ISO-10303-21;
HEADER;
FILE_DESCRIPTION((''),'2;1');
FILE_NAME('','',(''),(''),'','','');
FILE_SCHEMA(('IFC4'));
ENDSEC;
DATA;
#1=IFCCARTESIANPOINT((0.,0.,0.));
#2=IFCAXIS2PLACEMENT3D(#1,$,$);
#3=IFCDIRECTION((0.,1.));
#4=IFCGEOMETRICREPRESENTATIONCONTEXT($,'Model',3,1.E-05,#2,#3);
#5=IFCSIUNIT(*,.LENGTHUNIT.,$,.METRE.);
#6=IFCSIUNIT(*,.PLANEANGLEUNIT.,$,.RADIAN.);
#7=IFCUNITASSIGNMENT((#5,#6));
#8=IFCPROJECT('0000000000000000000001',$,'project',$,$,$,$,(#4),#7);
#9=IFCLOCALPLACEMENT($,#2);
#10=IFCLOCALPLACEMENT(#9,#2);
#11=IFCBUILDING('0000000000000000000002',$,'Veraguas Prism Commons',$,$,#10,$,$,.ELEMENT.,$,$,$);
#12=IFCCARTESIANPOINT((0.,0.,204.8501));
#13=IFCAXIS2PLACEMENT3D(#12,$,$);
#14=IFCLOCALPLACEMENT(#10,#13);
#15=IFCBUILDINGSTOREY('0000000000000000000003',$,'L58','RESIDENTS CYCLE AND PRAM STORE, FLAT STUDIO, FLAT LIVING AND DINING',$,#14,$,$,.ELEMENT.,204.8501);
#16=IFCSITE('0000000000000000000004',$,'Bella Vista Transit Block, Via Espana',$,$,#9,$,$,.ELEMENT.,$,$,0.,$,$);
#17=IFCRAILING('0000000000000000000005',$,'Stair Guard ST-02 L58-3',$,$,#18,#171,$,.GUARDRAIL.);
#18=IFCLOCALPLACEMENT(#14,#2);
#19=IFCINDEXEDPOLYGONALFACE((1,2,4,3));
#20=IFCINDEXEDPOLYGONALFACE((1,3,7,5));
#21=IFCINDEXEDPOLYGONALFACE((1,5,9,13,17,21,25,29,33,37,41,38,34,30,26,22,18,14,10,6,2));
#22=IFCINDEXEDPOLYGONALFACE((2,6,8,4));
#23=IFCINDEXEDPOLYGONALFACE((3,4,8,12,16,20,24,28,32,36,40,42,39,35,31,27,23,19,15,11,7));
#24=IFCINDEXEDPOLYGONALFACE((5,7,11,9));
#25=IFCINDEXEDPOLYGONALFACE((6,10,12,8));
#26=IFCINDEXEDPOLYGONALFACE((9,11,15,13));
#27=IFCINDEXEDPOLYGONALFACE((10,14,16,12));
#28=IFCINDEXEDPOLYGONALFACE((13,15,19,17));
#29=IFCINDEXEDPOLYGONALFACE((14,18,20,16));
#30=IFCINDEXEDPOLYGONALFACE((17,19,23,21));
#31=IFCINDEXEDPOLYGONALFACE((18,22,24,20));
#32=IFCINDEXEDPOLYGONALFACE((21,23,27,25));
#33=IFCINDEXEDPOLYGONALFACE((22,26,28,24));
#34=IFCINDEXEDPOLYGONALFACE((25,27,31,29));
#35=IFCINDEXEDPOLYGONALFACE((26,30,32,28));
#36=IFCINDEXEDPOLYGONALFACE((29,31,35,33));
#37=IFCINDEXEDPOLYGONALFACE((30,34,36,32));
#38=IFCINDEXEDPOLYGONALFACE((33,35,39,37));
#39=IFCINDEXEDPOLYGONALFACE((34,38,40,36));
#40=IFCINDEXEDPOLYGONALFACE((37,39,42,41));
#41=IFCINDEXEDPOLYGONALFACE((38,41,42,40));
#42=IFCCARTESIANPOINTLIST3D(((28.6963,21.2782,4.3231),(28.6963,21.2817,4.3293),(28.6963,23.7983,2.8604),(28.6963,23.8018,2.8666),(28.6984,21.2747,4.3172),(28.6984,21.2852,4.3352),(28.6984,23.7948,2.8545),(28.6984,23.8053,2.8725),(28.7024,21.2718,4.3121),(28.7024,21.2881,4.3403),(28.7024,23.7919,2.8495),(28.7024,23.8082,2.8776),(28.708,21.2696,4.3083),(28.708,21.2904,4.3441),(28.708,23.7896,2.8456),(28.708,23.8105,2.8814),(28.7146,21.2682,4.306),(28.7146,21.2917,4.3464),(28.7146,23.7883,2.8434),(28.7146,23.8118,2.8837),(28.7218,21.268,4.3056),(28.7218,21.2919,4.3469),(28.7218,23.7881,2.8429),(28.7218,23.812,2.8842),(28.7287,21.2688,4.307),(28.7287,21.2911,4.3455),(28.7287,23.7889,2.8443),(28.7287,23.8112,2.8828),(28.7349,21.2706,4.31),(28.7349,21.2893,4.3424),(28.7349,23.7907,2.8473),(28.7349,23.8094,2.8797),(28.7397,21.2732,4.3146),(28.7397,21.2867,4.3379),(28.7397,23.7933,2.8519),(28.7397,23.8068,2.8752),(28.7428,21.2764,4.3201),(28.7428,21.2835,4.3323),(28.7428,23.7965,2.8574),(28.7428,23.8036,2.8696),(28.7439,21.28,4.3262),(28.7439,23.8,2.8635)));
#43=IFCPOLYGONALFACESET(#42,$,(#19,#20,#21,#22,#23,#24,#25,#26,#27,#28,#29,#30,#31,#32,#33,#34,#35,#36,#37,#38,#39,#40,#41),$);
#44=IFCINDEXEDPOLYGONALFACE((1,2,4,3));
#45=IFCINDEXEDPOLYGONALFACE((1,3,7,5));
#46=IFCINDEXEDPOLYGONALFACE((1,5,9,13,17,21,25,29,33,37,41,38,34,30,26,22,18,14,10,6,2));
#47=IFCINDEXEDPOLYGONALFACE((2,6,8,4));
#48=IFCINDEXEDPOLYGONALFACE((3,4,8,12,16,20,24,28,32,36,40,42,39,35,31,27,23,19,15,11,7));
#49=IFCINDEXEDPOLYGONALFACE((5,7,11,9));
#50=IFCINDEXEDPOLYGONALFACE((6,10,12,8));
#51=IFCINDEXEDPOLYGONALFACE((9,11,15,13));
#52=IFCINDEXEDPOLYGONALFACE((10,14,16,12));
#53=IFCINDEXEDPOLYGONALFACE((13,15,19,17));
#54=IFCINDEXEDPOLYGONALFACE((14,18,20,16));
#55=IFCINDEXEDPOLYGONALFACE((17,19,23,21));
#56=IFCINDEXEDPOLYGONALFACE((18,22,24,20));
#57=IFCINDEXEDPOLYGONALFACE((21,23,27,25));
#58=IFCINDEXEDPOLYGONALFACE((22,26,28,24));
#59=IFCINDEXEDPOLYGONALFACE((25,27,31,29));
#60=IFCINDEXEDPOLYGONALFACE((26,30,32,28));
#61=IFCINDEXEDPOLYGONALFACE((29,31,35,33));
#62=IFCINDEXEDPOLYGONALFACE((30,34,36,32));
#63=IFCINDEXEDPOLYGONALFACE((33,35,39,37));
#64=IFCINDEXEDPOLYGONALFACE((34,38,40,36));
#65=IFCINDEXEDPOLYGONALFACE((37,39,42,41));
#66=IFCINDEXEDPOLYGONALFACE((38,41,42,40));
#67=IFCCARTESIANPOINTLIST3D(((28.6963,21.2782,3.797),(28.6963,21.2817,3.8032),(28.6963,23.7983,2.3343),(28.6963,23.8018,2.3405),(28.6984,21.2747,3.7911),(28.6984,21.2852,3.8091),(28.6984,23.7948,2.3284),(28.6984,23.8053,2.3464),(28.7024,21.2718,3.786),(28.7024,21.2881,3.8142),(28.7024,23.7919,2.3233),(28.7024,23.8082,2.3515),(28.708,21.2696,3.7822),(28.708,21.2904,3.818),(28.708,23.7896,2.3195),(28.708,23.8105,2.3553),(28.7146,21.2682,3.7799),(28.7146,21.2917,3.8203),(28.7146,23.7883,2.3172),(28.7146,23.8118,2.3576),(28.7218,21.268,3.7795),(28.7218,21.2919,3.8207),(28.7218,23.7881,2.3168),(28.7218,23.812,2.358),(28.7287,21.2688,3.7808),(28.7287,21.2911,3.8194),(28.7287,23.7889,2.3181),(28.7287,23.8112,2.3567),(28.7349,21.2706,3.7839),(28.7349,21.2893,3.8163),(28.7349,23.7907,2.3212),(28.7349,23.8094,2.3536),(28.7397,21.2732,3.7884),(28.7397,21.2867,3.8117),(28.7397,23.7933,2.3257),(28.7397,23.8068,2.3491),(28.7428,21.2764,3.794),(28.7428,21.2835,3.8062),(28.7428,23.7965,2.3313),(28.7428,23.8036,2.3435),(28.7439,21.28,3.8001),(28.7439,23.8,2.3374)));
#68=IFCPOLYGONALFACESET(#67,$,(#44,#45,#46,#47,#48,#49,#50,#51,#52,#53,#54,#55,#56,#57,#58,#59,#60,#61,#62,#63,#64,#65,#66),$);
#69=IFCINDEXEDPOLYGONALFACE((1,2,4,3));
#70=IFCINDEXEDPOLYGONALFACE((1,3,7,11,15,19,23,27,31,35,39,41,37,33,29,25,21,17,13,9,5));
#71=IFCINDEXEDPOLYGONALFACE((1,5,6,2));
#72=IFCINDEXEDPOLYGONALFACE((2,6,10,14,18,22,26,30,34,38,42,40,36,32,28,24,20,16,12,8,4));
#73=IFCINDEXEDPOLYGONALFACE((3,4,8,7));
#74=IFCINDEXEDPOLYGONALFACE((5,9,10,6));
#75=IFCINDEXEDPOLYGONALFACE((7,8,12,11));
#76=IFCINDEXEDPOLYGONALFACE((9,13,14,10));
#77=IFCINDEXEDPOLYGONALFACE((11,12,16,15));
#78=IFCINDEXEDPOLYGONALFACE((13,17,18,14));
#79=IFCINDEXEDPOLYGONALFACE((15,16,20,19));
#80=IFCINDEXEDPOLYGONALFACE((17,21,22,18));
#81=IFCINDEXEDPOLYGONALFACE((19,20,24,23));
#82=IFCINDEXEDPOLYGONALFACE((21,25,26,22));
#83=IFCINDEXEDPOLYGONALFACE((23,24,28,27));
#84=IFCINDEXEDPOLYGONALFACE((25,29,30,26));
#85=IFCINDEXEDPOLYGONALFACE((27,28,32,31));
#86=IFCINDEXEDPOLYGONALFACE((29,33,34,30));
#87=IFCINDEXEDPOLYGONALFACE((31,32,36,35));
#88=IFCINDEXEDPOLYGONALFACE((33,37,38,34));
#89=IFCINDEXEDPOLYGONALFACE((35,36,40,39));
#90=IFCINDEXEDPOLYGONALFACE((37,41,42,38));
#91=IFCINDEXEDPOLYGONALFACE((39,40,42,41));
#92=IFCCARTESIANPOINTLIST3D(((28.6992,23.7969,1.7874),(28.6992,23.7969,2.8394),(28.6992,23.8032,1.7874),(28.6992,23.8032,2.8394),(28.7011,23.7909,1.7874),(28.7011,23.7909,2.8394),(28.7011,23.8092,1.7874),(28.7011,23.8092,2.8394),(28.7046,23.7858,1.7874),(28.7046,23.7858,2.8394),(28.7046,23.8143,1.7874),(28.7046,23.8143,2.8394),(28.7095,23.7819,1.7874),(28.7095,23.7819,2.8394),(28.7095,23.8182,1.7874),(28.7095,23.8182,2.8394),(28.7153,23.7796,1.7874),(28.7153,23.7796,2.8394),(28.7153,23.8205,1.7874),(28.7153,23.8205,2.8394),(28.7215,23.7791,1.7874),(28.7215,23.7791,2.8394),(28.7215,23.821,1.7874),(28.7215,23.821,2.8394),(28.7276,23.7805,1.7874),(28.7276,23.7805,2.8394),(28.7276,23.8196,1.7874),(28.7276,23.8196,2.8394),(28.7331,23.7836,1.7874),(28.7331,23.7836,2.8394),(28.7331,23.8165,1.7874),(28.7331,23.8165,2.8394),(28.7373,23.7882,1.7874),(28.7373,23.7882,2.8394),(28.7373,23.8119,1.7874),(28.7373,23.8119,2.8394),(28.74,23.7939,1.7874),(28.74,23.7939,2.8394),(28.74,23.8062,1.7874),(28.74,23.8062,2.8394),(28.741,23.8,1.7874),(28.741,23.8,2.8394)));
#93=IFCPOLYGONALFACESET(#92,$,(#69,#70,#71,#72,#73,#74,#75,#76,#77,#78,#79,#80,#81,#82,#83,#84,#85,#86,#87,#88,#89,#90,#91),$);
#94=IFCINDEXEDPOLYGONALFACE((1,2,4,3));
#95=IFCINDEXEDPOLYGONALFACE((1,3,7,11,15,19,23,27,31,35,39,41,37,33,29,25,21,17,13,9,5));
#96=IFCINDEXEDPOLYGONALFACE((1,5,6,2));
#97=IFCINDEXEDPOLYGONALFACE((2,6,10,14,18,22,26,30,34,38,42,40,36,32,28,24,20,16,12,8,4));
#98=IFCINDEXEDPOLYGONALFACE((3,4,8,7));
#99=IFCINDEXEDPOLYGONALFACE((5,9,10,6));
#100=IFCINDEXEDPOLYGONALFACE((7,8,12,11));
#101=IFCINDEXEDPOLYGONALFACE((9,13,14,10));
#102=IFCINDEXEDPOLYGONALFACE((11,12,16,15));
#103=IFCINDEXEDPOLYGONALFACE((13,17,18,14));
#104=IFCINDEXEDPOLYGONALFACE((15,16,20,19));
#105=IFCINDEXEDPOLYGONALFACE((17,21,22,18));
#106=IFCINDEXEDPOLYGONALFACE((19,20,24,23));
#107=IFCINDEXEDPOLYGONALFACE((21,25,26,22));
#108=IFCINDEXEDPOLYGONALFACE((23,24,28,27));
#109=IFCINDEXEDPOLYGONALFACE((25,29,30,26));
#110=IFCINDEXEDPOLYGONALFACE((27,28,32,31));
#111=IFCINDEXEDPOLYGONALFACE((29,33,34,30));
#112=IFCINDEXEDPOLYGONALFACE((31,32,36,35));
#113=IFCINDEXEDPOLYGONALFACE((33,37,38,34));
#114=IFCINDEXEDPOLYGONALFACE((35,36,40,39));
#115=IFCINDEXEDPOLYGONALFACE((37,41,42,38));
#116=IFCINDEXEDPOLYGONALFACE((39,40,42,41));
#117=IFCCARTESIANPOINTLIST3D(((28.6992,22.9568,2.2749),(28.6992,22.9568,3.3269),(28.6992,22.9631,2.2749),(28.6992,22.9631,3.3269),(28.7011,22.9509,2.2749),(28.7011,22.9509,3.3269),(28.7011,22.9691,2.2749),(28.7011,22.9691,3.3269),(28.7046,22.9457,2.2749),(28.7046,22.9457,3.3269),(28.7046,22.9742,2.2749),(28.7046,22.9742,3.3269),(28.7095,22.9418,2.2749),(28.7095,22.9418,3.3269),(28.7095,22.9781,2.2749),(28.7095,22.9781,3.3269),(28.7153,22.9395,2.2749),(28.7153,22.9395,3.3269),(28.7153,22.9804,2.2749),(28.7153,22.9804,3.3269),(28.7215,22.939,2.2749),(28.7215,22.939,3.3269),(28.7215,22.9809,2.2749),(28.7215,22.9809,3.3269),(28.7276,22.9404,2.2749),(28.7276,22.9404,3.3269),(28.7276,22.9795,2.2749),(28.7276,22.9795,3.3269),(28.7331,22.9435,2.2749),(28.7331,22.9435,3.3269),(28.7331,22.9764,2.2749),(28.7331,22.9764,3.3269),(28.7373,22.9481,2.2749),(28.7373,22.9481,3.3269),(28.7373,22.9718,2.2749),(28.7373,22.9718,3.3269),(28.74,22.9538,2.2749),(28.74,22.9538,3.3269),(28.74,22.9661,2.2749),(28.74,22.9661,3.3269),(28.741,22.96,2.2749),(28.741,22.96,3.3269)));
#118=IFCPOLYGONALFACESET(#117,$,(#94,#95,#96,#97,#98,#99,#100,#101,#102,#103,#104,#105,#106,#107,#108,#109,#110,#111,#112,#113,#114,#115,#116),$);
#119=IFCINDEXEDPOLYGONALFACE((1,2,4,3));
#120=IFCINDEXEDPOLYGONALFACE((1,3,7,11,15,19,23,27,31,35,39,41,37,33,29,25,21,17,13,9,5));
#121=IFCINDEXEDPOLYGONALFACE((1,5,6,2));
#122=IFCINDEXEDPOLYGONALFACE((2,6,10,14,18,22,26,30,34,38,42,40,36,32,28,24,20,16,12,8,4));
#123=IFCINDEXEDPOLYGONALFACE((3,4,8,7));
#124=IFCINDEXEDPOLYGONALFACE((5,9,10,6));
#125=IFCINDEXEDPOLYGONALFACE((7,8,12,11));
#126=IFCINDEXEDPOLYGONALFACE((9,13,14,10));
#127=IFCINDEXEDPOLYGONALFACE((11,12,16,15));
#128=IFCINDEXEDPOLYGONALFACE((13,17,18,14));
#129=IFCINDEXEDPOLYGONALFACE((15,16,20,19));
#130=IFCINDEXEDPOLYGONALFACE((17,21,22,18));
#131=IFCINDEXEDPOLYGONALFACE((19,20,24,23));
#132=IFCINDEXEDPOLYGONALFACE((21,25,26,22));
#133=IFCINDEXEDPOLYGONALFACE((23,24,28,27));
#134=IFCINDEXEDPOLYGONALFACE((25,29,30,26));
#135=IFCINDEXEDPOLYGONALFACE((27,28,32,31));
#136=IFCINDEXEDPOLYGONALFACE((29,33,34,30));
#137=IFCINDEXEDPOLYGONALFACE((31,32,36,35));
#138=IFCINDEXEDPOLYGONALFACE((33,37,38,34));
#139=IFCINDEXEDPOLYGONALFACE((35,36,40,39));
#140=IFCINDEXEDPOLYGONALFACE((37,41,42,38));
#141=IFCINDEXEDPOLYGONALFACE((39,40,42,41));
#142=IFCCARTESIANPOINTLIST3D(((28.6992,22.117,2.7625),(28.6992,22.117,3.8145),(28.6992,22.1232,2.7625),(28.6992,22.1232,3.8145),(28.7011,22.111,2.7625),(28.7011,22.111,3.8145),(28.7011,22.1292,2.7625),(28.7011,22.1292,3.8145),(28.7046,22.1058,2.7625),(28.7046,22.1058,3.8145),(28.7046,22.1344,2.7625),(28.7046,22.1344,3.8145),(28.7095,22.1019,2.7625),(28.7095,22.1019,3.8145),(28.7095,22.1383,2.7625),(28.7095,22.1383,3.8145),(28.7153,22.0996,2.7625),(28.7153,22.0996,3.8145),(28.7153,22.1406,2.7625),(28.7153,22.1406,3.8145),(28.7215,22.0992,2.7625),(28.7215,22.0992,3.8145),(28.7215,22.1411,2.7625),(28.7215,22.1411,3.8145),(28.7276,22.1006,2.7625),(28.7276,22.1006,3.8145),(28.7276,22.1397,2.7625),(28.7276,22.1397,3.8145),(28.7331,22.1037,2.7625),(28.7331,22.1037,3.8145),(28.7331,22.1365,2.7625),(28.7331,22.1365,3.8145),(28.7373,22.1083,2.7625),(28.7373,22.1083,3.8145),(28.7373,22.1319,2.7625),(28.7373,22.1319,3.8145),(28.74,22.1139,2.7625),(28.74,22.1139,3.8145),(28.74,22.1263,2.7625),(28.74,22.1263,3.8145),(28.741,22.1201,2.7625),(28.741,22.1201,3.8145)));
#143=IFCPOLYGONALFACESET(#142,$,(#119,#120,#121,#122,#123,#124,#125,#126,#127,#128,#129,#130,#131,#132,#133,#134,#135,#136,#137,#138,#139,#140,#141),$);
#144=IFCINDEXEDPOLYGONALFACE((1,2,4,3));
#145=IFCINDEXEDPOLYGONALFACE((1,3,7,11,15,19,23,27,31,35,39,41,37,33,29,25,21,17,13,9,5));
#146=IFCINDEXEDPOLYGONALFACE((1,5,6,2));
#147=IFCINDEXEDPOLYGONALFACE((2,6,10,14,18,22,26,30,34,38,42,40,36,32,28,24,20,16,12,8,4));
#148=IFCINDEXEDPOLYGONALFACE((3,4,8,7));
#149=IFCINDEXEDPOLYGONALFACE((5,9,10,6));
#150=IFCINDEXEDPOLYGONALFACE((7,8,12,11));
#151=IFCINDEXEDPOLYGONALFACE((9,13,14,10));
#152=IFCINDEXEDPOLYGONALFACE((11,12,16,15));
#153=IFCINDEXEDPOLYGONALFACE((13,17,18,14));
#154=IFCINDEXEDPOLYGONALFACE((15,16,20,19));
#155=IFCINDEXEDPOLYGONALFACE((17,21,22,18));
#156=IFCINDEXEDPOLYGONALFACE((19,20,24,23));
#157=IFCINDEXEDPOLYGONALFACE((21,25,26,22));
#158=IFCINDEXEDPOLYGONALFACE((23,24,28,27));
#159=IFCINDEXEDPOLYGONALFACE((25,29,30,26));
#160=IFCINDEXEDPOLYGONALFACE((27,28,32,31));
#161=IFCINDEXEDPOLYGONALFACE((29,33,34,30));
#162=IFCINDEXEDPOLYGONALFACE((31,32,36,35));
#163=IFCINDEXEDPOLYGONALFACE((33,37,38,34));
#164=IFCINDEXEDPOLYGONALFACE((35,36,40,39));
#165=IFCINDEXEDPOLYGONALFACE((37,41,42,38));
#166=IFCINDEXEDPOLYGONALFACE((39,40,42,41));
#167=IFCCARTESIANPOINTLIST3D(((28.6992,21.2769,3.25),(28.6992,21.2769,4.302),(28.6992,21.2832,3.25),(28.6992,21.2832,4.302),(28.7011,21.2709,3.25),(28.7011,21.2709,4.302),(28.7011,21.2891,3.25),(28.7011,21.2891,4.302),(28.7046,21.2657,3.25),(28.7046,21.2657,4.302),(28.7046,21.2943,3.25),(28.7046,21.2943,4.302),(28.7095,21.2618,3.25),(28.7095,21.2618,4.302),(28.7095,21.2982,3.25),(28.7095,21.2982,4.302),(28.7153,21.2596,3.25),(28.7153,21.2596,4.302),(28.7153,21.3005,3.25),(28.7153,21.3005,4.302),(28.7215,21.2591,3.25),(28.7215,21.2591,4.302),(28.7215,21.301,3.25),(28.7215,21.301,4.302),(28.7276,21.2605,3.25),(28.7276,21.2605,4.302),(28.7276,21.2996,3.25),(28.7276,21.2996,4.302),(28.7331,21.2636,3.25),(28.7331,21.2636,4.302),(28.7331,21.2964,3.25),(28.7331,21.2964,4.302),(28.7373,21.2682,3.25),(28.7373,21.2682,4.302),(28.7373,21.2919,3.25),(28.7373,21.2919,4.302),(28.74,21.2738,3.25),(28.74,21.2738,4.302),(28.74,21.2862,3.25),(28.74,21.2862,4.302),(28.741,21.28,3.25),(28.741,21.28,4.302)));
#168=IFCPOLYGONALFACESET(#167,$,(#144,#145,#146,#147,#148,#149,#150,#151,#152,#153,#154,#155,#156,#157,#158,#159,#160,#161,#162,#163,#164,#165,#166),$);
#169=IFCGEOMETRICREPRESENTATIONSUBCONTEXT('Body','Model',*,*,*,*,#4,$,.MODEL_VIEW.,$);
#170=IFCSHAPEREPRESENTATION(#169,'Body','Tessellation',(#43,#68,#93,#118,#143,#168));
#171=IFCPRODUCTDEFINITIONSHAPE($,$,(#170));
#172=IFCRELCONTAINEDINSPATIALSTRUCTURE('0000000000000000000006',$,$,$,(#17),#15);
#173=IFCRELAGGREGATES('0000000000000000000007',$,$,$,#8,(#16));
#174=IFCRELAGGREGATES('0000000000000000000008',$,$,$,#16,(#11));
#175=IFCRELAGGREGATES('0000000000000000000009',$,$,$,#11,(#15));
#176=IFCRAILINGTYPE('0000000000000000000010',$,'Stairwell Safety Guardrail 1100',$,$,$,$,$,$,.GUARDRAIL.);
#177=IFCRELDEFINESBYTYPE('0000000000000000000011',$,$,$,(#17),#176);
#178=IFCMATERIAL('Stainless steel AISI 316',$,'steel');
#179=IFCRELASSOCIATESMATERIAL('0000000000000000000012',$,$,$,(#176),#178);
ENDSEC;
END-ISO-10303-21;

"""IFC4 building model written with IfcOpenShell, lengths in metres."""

from ifc_helpers import new_model, si_unit, direction, frame, origin, origin_2d, place, context, subcontext, project, spatial, circle, extrude, material, type_object, element, save


model = new_model("IFC4")

# Units and contexts
model_context = context("Model", 3, precision=1e-05, world=origin(), true_north=direction((0.0, 1.0)))
body_context = subcontext(model_context, "Body", "Model", "MODEL_VIEW")
ifc_project = project(units=[si_unit("LENGTHUNIT", "METRE"), si_unit("PLANEANGLEUNIT", "RADIAN")], contexts=[model_context])

# Site, building, storey
site_placement = place(None, origin())
site = spatial("IfcSite", under=ifc_project, at=site_placement, Name="Bella Vista Transit Block, Via Espana", CompositionType="ELEMENT", RefElevation=0.0)
building_placement = place(site_placement, origin())
building = spatial("IfcBuilding", under=site, at=building_placement, Name="Veraguas Prism Commons", CompositionType="ELEMENT")
storey_placement = place(building_placement, frame((0.0, 0.0, 204.8501)))
storey = spatial("IfcBuildingStorey", under=building, at=storey_placement, Name="L58", Description="RESIDENTS CYCLE AND PRAM STORE, FLAT STUDIO, FLAT LIVING AND DINING", CompositionType="ELEMENT", Elevation=204.8501)

# Railing
ifc_material_1 = material(Name="Stainless steel AISI 316", Category="steel")
railing_type_1 = type_object("IfcRailingType", Name="Stairwell Safety Guardrail 1100", PredefinedType="GUARDRAIL", material=ifc_material_1)
railing_1_placement = place(storey_placement, frame((28.72, 23.8, 1.7874)))
element("IfcRailing", 1, at=railing_1_placement, inside=storey, type_object=railing_type_1, Name="Stair Guard ST-02 L58-3", PredefinedType="GUARDRAIL", context=body_context, shape_type="SweptSolid", body=[
    extrude(circle(Radius=0.0239, at=origin_2d()), frame((0.0, 0.0, 1.0762), z_axis=(0.0, -0.864877, 0.501984), x_axis=(1.0, 0.0, 0.0)), (0.0, 0.0, 1.0), 2.9138),
    extrude(circle(Radius=0.0239, at=origin_2d()), frame((0.0, 0.0, 0.55), z_axis=(0.0, -0.864877, 0.501984), x_axis=(1.0, 0.0, 0.0)), (0.0, 0.0, 1.0), 2.9138),
    extrude(circle(Radius=0.021, at=origin_2d()), origin(), (0.0, 0.0, 1.0), 1.052),
    extrude(circle(Radius=0.021, at=origin_2d()), frame((0.0, -0.8401, 0.4875)), (0.0, 0.0, 1.0), 1.052),
    extrude(circle(Radius=0.021, at=origin_2d()), frame((0.0, -1.6799, 0.9751)), (0.0, 0.0, 1.0), 1.052),
    extrude(circle(Radius=0.021, at=origin_2d()), frame((0.0, -2.52, 1.4626)), (0.0, 0.0, 1.0), 1.052),
])

save(model, "model.ifc")
